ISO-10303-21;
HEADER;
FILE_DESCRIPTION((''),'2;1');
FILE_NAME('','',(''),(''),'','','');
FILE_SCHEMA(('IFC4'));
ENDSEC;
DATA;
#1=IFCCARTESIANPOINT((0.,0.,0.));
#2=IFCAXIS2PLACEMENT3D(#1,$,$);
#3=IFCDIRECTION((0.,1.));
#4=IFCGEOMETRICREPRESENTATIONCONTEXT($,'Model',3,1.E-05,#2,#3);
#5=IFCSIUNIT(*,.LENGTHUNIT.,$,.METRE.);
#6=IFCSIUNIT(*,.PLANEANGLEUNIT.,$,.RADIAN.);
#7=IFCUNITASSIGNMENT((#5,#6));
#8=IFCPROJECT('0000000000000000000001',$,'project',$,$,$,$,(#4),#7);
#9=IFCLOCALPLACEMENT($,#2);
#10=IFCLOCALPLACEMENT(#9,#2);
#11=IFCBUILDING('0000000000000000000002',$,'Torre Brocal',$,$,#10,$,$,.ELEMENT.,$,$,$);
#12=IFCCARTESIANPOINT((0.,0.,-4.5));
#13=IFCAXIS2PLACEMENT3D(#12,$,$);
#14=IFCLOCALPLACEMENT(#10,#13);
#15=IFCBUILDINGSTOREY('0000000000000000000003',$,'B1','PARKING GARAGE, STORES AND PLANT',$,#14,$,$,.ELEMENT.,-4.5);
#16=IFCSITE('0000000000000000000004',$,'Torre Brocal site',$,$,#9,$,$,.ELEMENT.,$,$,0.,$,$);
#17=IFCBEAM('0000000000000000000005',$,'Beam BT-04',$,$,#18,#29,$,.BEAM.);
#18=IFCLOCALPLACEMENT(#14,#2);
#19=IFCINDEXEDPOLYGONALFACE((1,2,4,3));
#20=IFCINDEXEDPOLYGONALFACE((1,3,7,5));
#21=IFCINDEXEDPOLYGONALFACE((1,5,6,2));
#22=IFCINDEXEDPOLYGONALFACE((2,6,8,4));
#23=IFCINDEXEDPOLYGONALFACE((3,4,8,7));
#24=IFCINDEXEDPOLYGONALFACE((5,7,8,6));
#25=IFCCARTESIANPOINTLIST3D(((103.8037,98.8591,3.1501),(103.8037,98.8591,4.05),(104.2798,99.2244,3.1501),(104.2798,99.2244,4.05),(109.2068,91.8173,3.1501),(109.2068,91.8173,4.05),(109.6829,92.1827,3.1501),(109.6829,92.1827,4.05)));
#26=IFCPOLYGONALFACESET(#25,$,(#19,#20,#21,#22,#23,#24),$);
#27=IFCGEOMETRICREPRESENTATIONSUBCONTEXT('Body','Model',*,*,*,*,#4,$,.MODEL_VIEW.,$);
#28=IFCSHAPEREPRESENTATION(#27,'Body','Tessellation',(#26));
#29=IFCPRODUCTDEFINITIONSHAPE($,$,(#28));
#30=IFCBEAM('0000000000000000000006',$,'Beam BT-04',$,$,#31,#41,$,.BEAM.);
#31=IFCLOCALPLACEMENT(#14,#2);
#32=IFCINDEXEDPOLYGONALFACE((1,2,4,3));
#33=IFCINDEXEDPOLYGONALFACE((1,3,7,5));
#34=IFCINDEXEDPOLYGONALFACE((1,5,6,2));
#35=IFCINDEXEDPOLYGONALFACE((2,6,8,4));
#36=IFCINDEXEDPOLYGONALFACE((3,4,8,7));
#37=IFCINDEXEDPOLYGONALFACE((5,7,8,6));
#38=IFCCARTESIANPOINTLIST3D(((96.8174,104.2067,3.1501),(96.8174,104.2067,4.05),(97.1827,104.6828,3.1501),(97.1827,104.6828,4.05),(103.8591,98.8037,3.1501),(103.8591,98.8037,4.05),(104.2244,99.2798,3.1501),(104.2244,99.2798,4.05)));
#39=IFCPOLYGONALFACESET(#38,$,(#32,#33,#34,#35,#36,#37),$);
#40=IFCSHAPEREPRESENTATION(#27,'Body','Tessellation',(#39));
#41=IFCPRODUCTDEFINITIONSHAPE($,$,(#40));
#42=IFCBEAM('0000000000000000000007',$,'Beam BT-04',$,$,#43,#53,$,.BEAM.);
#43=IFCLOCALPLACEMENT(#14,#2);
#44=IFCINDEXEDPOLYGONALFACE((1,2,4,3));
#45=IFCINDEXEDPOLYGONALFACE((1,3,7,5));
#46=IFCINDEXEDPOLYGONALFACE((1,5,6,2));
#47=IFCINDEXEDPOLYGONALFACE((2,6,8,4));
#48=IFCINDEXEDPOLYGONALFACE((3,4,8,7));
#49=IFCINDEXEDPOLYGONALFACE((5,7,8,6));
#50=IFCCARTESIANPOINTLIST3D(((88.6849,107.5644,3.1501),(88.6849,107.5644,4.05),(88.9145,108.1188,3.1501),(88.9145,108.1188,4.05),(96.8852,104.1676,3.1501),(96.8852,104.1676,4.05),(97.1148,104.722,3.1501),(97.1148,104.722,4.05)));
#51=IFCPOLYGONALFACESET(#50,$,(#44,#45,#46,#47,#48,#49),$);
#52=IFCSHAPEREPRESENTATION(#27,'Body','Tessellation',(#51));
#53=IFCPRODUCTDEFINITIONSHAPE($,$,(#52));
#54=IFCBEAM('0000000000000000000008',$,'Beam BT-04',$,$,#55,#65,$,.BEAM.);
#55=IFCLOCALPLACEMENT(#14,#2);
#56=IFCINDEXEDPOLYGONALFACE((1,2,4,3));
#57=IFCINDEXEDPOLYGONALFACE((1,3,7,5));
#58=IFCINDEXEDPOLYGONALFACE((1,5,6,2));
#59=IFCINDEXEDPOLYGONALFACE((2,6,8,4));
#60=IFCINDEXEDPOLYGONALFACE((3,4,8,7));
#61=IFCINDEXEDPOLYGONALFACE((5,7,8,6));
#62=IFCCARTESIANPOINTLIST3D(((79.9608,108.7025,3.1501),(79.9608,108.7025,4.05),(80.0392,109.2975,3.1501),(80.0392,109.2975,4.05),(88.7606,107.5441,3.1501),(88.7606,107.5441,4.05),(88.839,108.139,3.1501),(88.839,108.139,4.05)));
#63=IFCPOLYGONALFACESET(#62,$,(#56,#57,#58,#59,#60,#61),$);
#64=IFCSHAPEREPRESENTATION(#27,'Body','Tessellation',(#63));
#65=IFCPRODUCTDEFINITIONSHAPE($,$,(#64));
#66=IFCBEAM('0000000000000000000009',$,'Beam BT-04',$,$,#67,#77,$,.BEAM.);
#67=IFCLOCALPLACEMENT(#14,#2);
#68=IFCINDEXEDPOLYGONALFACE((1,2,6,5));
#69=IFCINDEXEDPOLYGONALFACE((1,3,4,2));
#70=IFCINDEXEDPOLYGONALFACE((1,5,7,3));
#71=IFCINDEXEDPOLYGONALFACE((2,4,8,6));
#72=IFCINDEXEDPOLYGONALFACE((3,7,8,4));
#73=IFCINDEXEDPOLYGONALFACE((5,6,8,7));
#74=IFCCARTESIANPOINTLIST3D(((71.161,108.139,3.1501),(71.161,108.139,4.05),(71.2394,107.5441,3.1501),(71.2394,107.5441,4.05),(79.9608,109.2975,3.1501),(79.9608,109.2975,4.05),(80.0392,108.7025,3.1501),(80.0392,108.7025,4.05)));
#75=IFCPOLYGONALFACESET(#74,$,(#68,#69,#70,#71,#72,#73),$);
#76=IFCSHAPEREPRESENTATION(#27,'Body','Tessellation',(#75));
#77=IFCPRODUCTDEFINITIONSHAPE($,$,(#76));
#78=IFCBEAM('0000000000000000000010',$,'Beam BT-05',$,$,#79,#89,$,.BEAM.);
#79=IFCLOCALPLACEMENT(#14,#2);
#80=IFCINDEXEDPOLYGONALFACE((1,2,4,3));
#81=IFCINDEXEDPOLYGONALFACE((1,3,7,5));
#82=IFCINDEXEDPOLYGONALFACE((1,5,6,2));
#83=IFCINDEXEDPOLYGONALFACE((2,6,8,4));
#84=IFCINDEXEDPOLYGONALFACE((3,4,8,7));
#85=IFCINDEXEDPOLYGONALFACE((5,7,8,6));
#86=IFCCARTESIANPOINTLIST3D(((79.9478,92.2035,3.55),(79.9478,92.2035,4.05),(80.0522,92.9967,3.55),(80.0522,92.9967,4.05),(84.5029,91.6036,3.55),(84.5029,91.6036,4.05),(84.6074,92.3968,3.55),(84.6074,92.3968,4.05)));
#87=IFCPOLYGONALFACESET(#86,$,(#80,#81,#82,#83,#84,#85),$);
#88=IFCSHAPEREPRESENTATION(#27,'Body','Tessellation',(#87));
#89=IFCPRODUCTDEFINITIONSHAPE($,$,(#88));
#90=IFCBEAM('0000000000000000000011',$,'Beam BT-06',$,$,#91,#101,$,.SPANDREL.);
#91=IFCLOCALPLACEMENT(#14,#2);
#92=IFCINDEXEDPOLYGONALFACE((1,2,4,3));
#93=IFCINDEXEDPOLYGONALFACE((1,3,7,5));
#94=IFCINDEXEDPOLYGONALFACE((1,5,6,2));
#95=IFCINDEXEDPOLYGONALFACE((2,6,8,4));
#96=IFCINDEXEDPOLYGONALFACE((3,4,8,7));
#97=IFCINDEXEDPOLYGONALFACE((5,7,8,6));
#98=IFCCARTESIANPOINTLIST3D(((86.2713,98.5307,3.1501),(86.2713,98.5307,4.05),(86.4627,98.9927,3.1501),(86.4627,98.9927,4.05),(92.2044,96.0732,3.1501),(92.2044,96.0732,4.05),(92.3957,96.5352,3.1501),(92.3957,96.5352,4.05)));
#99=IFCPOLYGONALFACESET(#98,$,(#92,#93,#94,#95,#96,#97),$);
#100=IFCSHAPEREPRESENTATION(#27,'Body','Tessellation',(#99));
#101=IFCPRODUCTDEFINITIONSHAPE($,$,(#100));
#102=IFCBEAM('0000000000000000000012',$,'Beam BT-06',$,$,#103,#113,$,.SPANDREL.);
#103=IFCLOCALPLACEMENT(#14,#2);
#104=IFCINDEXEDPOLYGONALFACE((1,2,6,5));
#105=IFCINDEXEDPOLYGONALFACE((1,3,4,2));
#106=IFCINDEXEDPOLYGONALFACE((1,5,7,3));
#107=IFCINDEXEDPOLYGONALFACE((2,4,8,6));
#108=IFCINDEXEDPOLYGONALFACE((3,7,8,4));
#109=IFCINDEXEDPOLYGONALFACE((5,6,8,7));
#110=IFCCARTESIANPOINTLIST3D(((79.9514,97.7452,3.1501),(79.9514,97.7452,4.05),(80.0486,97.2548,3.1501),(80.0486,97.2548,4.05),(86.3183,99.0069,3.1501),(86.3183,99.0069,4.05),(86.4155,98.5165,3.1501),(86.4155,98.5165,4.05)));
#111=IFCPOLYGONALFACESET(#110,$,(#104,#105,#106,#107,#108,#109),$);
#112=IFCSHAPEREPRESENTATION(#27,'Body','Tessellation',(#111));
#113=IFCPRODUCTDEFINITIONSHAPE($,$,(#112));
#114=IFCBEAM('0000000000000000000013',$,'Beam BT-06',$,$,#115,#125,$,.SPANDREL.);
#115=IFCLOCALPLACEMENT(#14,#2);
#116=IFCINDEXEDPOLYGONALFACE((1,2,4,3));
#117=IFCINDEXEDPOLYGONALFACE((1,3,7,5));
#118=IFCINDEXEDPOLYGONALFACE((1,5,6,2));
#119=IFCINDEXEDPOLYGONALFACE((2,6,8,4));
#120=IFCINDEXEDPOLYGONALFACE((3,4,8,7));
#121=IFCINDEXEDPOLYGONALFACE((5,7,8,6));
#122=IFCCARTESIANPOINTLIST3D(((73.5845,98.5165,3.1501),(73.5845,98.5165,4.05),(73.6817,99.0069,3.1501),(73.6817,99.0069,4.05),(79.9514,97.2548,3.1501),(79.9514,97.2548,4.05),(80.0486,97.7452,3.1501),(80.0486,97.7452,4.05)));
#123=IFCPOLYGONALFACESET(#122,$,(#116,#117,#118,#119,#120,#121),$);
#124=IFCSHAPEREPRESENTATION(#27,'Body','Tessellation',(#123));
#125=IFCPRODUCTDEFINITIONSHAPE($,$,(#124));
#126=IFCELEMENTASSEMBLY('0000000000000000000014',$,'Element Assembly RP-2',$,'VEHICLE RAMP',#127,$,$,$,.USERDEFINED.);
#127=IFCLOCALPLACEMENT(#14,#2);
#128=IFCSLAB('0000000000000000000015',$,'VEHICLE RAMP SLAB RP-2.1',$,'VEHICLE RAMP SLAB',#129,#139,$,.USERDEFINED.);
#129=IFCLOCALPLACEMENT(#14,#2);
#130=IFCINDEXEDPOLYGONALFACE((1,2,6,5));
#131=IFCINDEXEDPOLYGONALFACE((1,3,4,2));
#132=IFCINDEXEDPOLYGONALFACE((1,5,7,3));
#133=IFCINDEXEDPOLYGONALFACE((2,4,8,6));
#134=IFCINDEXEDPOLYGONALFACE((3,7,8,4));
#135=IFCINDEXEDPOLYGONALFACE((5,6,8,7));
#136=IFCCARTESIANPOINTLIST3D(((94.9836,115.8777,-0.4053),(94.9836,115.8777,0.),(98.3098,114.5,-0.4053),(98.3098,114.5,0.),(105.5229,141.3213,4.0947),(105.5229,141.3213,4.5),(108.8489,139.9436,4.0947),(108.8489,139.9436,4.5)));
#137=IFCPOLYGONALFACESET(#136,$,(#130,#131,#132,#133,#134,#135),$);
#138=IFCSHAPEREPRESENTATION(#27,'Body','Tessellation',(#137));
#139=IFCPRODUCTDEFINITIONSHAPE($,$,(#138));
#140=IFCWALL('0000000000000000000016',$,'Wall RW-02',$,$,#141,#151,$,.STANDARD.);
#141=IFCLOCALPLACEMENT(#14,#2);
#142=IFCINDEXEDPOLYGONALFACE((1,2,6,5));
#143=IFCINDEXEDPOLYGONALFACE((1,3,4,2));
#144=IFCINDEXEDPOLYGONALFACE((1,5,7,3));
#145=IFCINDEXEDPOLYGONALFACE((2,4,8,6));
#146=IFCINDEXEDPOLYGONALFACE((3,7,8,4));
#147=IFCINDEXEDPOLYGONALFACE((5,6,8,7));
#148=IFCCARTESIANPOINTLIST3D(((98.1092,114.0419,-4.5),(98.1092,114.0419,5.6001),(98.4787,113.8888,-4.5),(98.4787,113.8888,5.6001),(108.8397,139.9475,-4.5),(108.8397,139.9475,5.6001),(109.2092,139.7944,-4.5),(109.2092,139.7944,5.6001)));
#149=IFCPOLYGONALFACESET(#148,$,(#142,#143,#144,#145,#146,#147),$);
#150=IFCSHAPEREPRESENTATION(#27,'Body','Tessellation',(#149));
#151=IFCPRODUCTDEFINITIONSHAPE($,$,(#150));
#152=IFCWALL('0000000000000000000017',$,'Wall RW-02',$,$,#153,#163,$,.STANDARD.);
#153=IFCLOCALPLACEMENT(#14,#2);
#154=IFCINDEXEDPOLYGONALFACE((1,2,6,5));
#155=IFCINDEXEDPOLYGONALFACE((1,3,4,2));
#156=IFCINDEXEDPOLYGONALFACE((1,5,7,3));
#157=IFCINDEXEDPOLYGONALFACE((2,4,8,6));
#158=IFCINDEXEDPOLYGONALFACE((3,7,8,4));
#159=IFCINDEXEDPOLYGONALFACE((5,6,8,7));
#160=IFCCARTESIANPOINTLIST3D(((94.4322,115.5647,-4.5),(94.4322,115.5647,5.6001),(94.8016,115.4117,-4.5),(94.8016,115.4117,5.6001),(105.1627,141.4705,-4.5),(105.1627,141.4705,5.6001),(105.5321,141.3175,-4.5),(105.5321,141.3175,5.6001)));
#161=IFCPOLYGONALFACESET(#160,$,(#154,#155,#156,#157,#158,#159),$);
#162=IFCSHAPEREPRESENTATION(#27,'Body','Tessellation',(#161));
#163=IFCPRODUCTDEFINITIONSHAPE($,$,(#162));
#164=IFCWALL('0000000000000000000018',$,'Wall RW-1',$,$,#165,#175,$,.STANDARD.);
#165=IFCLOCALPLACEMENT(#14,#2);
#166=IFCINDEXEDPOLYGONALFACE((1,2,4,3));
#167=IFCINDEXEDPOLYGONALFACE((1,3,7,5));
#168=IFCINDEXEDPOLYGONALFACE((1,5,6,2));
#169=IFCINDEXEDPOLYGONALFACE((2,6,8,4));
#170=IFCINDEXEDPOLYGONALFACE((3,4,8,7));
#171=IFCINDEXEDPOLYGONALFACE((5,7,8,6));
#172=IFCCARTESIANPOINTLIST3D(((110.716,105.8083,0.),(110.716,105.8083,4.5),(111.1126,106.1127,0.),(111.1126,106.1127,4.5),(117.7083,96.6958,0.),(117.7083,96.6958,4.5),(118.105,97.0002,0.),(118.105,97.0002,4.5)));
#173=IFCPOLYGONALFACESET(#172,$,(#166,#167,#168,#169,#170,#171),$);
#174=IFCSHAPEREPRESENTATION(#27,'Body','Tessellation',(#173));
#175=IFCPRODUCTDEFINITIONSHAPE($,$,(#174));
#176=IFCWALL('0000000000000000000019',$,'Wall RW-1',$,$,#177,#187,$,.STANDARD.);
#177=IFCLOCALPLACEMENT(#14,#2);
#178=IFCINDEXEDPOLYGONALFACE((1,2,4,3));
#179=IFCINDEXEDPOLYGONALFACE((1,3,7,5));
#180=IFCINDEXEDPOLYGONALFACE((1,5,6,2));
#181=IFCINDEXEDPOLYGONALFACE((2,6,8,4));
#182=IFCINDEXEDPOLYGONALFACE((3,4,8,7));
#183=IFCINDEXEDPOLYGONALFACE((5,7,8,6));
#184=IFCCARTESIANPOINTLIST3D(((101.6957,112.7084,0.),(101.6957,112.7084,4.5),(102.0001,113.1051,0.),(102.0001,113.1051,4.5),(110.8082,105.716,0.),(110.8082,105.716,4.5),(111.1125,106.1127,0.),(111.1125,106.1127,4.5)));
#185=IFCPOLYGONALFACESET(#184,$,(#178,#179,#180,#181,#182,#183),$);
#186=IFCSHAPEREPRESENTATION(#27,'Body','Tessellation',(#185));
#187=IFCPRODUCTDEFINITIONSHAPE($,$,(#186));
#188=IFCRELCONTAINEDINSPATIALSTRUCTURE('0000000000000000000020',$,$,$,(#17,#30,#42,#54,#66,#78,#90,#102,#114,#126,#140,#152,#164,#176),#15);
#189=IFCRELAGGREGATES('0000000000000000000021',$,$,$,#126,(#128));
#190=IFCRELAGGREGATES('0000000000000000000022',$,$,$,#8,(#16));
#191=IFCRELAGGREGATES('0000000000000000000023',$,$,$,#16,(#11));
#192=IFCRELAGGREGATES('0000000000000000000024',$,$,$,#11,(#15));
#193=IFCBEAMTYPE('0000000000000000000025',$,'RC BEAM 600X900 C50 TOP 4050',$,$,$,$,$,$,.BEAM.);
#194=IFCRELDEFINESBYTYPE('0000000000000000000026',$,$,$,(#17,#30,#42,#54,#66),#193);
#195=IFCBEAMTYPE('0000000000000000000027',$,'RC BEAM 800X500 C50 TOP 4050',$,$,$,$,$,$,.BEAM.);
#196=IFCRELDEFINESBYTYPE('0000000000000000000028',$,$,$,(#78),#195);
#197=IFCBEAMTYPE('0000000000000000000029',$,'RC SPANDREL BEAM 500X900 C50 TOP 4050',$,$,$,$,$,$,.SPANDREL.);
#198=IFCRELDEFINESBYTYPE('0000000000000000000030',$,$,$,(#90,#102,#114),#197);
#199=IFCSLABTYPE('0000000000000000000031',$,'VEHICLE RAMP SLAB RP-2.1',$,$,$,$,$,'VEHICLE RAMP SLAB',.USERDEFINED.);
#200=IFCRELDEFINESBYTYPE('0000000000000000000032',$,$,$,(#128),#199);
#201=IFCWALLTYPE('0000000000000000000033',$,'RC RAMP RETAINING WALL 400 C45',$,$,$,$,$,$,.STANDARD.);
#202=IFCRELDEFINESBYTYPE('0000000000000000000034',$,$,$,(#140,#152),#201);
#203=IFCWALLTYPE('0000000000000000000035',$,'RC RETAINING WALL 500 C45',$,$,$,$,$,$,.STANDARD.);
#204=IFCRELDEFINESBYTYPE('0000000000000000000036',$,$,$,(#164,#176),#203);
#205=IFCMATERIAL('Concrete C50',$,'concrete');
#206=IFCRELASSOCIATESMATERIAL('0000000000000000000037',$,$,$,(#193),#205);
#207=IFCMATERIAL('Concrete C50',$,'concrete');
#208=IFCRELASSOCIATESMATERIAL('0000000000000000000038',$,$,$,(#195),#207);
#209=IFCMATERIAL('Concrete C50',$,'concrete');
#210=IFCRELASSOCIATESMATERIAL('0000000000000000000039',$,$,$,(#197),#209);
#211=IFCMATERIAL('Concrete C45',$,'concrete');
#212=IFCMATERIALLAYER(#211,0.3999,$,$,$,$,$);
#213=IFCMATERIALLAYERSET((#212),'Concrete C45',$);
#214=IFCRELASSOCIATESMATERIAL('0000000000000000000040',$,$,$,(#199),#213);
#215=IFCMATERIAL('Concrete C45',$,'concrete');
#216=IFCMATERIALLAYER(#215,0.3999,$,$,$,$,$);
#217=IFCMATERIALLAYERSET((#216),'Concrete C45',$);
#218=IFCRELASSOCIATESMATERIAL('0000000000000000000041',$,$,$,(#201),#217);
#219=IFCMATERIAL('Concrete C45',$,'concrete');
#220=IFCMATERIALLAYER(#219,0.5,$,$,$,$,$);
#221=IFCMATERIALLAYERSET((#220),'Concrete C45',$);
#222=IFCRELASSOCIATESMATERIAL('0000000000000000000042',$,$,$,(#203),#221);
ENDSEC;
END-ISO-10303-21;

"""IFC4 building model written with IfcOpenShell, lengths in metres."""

from ifc_helpers import new_model, si_unit, direction, frame, frame_2d, origin, origin_2d, place, context, subcontext, project, spatial, polyline, rectangle, outline, extrude, material, layer, layer_set, material_profile, profile_set, type_object, element, aggregate, save


model = new_model("IFC4")

# Units and contexts
model_context = context("Model", 3, precision=1e-05, world=origin(), true_north=direction((0.0, 1.0)))
body_context = subcontext(model_context, "Body", "Model", "MODEL_VIEW")
ifc_project = project(units=[si_unit("LENGTHUNIT", "METRE"), si_unit("PLANEANGLEUNIT", "RADIAN")], contexts=[model_context])

# Site, building, storey
site_placement = place(None, origin())
site = spatial("IfcSite", under=ifc_project, at=site_placement, Name="Torre Brocal site", CompositionType="ELEMENT", RefElevation=0.0)
building_placement = place(site_placement, origin())
building = spatial("IfcBuilding", under=site, at=building_placement, Name="Torre Brocal", CompositionType="ELEMENT")
storey_placement = place(building_placement, frame((0.0, 0.0, -4.5)))
storey = spatial("IfcBuildingStorey", under=building, at=storey_placement, Name="B1", Description="PARKING GARAGE, STORES AND PLANT", CompositionType="ELEMENT", Elevation=-4.5)

# Beams
ifc_material_1 = material(Name="Concrete C50", Category="concrete")
ifc_material_profile_1 = material_profile(ifc_material_1, rectangle(XDim=0.6001, YDim=0.8999, at=origin_2d()), Name="RC 600X900")
ifc_profile_set_1 = profile_set([ifc_material_profile_1], Name="Concrete C50")
beam_type_1 = type_object("IfcBeamType", Name="RC BEAM 600X900 C50 TOP 4050", PredefinedType="BEAM", material=ifc_profile_set_1)
for number, where, z_axis, x_axis, name in (
    (1, (109.4448, 92.0, 3.6001), (-0.608744, 0.793367, 0.0), (-0.793367, -0.608744, 0.0), "Beam BT-04"),
    (2, (104.0417, 99.0417, 3.6001), (-0.793367, 0.608744, 0.0), (-0.608744, -0.793367, 0.0), "Beam BT-04"),
):
    element("IfcBeam", number, at=place(storey_placement, frame(where, z_axis=z_axis, x_axis=x_axis)), inside=storey, type_object=beam_type_1, Name=name, PredefinedType="BEAM", context=body_context, shape_type="SweptSolid", body=[
        extrude(rectangle(XDim=0.6001, YDim=0.8999, at=origin_2d()), origin(), (0.0, 0.0, 1.0), 8.8757),
    ])
beam_1_placement = place(storey_placement, frame((97.0, 104.4448, 3.6001), z_axis=(-0.923876, 0.382693, 0.0), x_axis=(-0.382693, -0.923876, 0.0)))
element("IfcBeam", 3, at=beam_1_placement, inside=storey, type_object=beam_type_1, Name="Beam BT-04", PredefinedType="BEAM", context=body_context, shape_type="SweptSolid", body=[
    extrude(rectangle(XDim=0.6001, YDim=0.8999, at=origin_2d()), origin(), (0.0, 0.0, 1.0), 8.876),
])
for number, where, z_axis, x_axis, name in (
    (4, (88.7998, 107.8416, 3.6001), (-0.991446, 0.130519, 0.0), (-0.130519, -0.991446, 0.0), "Beam BT-04"),
    (5, (80.0, 109.0, 3.6001), (-0.991446, -0.130519, 0.0), (0.130519, -0.991446, 0.0), "Beam BT-04"),
):
    element("IfcBeam", number, at=place(storey_placement, frame(where, z_axis=z_axis, x_axis=x_axis)), inside=storey, type_object=beam_type_1, Name=name, PredefinedType="BEAM", context=body_context, shape_type="SweptSolid", body=[
        extrude(rectangle(XDim=0.6001, YDim=0.8999, at=origin_2d()), origin(), (0.0, 0.0, 1.0), 8.8757),
    ])
ifc_material_2 = material(Name="Concrete C50", Category="concrete")
ifc_material_profile_2 = material_profile(ifc_material_2, rectangle(XDim=0.8, YDim=0.5, at=origin_2d()), Name="RC 800X500")
ifc_profile_set_2 = profile_set([ifc_material_profile_2], Name="Concrete C50")
beam_type_2 = type_object("IfcBeamType", Name="RC BEAM 800X500 C50 TOP 4050", PredefinedType="BEAM", material=ifc_profile_set_2)
beam_2_placement = place(storey_placement, frame((84.5552, 92.0002, 3.8), z_axis=(-0.991441, 0.130559, 0.0), x_axis=(-0.130559, -0.991441, 0.0)))
element("IfcBeam", 6, at=beam_2_placement, inside=storey, type_object=beam_type_2, Name="Beam BT-05", PredefinedType="BEAM", context=body_context, shape_type="SweptSolid", body=[
    extrude(rectangle(XDim=0.8, YDim=0.5, at=origin_2d()), origin(), (0.0, 0.0, 1.0), 4.5945),
])
ifc_material_3 = material(Name="Concrete C50", Category="concrete")
ifc_material_profile_3 = material_profile(ifc_material_3, rectangle(XDim=0.5, YDim=0.8999, at=origin_2d()), Name="RC 500X900")
ifc_profile_set_3 = profile_set([ifc_material_profile_3], Name="Concrete C50")
beam_type_3 = type_object("IfcBeamType", Name="RC SPANDREL BEAM 500X900 C50 TOP 4050", PredefinedType="SPANDREL", material=ifc_profile_set_3)
beam_3_placement = place(storey_placement, frame((92.3, 96.3042, 3.6001), z_axis=(-0.923882, 0.382676, 0.0), x_axis=(-0.382676, -0.923882, 0.0)))
element("IfcBeam", 7, at=beam_3_placement, inside=storey, type_object=beam_type_3, Name="Beam BT-06", PredefinedType="SPANDREL", context=body_context, shape_type="SweptSolid", body=[
    extrude(rectangle(XDim=0.5, YDim=0.8999, at=origin_2d()), origin(), (0.0, 0.0, 1.0), 6.4219),
])
for number, where, z_axis, x_axis, name in (
    (8, (86.3669, 98.7617, 3.6001), (-0.980925, -0.194387, 0.0), (0.194387, -0.980925, 0.0), "Beam BT-06"),
    (9, (80.0, 97.5, 3.6001), (-0.980925, 0.194387, 0.0), (-0.194387, -0.980925, 0.0), "Beam BT-06"),
):
    element("IfcBeam", number, at=place(storey_placement, frame(where, z_axis=z_axis, x_axis=x_axis)), inside=storey, type_object=beam_type_3, Name=name, PredefinedType="SPANDREL", context=body_context, shape_type="SweptSolid", body=[
        extrude(rectangle(XDim=0.5, YDim=0.8999, at=origin_2d()), origin(), (0.0, 0.0, 1.0), 6.4907),
    ])

# Element assembly, slab
assembly_placement = place(storey_placement, origin())
assembly = element("IfcElementAssembly", 10, at=assembly_placement, inside=storey, Name="Element Assembly RP-2", ObjectType="VEHICLE RAMP", PredefinedType="USERDEFINED")
ifc_material_4 = material(Name="Concrete C45", Category="concrete")
ifc_layer_1 = layer(ifc_material_4, 0.3999)
ifc_layer_set_1 = layer_set([ifc_layer_1], Name="Concrete C45")
slab_type = type_object("IfcSlabType", Name="VEHICLE RAMP SLAB RP-2.1", ElementType="VEHICLE RAMP SLAB", PredefinedType="USERDEFINED", material=ifc_layer_set_1)
slab_placement = place(storey_placement, frame((108.8489, 139.9436, 4.5), z_axis=(-0.061711, -0.148985, 0.986912), x_axis=(-0.923876, 0.382693, 0.000002)))
slab = element("IfcSlab", 11, at=slab_placement, type_object=slab_type, Name="VEHICLE RAMP SLAB RP-2.1", ObjectType="VEHICLE RAMP SLAB", PredefinedType="USERDEFINED", context=body_context, shape_type="SweptSolid", body=[
    extrude(outline(polyline([(0.0, 0.0), (3.6, 0.0), (3.5999, 27.9053), (-0.0003, 27.9052), (0.0, 0.0)])), origin(), (-0.000002, 0.16126, -0.986912), 0.4053),
])
aggregate(assembly, [slab])

# Walls
ifc_material_5 = material(Name="Concrete C45", Category="concrete")
ifc_layer_2 = layer(ifc_material_5, 0.3999)
ifc_layer_set_2 = layer_set([ifc_layer_2], Name="Concrete C45")
wall_type_1 = type_object("IfcWallType", Name="RC RAMP RETAINING WALL 400 C45", PredefinedType="STANDARD", material=ifc_layer_set_2)
wall_1_placement = place(storey_placement, frame((98.2939, 113.9653, -4.5), z_axis=(0.0, 0.0, 1.0), x_axis=(0.382685, 0.923879, 0.0)))
element("IfcWall", 12, at=wall_1_placement, inside=storey, type_object=wall_type_1, Name="Wall RW-02", PredefinedType="STANDARD", context=body_context, shape_type="SweptSolid", body=[
    extrude(rectangle(XDim=28.04, YDim=0.3999, at=frame_2d((14.02, 0.0))), origin(), (0.0, 0.0, 1.0), 10.1001),
])
wall_2_placement = place(storey_placement, frame((94.6169, 115.4883, -4.5), z_axis=(0.0, 0.0, 1.0), x_axis=(0.382682, 0.92388, 0.0)))
element("IfcWall", 13, at=wall_2_placement, inside=storey, type_object=wall_type_1, Name="Wall RW-02", PredefinedType="STANDARD", context=body_context, shape_type="SweptSolid", body=[
    extrude(rectangle(XDim=28.0403, YDim=0.3999, at=frame_2d((14.02, 0.0))), origin(), (0.0, 0.0, 1.0), 10.1001),
])
ifc_material_6 = material(Name="Concrete C45", Category="concrete")
ifc_layer_3 = layer(ifc_material_6, 0.5)
ifc_layer_set_3 = layer_set([ifc_layer_3], Name="Concrete C45")
wall_type_2 = type_object("IfcWallType", Name="RC RETAINING WALL 500 C45", PredefinedType="STANDARD", material=ifc_layer_set_3)
for number, where, z_axis, x_axis, name in (
    (14, (117.9067, 96.8479, 0.0), (0.0, 0.0, 1.0), (-0.608768, 0.793348, 0.0), "Wall RW-1"),
    (15, (110.9604, 105.9143, 0.0), (0.0, 0.0, 1.0), (-0.793348, 0.608768, 0.0), "Wall RW-1"),
):
    element("IfcWall", number, at=place(storey_placement, frame(where, z_axis=z_axis, x_axis=x_axis)), inside=storey, type_object=wall_type_2, Name=name, PredefinedType="STANDARD", context=body_context, shape_type="SweptSolid", body=[
        extrude(rectangle(XDim=11.4861, YDim=0.5, at=frame_2d((5.7432, 0.0))), origin(), (0.0, 0.0, 1.0), 4.5),
    ])

save(model, "model.ifc")
